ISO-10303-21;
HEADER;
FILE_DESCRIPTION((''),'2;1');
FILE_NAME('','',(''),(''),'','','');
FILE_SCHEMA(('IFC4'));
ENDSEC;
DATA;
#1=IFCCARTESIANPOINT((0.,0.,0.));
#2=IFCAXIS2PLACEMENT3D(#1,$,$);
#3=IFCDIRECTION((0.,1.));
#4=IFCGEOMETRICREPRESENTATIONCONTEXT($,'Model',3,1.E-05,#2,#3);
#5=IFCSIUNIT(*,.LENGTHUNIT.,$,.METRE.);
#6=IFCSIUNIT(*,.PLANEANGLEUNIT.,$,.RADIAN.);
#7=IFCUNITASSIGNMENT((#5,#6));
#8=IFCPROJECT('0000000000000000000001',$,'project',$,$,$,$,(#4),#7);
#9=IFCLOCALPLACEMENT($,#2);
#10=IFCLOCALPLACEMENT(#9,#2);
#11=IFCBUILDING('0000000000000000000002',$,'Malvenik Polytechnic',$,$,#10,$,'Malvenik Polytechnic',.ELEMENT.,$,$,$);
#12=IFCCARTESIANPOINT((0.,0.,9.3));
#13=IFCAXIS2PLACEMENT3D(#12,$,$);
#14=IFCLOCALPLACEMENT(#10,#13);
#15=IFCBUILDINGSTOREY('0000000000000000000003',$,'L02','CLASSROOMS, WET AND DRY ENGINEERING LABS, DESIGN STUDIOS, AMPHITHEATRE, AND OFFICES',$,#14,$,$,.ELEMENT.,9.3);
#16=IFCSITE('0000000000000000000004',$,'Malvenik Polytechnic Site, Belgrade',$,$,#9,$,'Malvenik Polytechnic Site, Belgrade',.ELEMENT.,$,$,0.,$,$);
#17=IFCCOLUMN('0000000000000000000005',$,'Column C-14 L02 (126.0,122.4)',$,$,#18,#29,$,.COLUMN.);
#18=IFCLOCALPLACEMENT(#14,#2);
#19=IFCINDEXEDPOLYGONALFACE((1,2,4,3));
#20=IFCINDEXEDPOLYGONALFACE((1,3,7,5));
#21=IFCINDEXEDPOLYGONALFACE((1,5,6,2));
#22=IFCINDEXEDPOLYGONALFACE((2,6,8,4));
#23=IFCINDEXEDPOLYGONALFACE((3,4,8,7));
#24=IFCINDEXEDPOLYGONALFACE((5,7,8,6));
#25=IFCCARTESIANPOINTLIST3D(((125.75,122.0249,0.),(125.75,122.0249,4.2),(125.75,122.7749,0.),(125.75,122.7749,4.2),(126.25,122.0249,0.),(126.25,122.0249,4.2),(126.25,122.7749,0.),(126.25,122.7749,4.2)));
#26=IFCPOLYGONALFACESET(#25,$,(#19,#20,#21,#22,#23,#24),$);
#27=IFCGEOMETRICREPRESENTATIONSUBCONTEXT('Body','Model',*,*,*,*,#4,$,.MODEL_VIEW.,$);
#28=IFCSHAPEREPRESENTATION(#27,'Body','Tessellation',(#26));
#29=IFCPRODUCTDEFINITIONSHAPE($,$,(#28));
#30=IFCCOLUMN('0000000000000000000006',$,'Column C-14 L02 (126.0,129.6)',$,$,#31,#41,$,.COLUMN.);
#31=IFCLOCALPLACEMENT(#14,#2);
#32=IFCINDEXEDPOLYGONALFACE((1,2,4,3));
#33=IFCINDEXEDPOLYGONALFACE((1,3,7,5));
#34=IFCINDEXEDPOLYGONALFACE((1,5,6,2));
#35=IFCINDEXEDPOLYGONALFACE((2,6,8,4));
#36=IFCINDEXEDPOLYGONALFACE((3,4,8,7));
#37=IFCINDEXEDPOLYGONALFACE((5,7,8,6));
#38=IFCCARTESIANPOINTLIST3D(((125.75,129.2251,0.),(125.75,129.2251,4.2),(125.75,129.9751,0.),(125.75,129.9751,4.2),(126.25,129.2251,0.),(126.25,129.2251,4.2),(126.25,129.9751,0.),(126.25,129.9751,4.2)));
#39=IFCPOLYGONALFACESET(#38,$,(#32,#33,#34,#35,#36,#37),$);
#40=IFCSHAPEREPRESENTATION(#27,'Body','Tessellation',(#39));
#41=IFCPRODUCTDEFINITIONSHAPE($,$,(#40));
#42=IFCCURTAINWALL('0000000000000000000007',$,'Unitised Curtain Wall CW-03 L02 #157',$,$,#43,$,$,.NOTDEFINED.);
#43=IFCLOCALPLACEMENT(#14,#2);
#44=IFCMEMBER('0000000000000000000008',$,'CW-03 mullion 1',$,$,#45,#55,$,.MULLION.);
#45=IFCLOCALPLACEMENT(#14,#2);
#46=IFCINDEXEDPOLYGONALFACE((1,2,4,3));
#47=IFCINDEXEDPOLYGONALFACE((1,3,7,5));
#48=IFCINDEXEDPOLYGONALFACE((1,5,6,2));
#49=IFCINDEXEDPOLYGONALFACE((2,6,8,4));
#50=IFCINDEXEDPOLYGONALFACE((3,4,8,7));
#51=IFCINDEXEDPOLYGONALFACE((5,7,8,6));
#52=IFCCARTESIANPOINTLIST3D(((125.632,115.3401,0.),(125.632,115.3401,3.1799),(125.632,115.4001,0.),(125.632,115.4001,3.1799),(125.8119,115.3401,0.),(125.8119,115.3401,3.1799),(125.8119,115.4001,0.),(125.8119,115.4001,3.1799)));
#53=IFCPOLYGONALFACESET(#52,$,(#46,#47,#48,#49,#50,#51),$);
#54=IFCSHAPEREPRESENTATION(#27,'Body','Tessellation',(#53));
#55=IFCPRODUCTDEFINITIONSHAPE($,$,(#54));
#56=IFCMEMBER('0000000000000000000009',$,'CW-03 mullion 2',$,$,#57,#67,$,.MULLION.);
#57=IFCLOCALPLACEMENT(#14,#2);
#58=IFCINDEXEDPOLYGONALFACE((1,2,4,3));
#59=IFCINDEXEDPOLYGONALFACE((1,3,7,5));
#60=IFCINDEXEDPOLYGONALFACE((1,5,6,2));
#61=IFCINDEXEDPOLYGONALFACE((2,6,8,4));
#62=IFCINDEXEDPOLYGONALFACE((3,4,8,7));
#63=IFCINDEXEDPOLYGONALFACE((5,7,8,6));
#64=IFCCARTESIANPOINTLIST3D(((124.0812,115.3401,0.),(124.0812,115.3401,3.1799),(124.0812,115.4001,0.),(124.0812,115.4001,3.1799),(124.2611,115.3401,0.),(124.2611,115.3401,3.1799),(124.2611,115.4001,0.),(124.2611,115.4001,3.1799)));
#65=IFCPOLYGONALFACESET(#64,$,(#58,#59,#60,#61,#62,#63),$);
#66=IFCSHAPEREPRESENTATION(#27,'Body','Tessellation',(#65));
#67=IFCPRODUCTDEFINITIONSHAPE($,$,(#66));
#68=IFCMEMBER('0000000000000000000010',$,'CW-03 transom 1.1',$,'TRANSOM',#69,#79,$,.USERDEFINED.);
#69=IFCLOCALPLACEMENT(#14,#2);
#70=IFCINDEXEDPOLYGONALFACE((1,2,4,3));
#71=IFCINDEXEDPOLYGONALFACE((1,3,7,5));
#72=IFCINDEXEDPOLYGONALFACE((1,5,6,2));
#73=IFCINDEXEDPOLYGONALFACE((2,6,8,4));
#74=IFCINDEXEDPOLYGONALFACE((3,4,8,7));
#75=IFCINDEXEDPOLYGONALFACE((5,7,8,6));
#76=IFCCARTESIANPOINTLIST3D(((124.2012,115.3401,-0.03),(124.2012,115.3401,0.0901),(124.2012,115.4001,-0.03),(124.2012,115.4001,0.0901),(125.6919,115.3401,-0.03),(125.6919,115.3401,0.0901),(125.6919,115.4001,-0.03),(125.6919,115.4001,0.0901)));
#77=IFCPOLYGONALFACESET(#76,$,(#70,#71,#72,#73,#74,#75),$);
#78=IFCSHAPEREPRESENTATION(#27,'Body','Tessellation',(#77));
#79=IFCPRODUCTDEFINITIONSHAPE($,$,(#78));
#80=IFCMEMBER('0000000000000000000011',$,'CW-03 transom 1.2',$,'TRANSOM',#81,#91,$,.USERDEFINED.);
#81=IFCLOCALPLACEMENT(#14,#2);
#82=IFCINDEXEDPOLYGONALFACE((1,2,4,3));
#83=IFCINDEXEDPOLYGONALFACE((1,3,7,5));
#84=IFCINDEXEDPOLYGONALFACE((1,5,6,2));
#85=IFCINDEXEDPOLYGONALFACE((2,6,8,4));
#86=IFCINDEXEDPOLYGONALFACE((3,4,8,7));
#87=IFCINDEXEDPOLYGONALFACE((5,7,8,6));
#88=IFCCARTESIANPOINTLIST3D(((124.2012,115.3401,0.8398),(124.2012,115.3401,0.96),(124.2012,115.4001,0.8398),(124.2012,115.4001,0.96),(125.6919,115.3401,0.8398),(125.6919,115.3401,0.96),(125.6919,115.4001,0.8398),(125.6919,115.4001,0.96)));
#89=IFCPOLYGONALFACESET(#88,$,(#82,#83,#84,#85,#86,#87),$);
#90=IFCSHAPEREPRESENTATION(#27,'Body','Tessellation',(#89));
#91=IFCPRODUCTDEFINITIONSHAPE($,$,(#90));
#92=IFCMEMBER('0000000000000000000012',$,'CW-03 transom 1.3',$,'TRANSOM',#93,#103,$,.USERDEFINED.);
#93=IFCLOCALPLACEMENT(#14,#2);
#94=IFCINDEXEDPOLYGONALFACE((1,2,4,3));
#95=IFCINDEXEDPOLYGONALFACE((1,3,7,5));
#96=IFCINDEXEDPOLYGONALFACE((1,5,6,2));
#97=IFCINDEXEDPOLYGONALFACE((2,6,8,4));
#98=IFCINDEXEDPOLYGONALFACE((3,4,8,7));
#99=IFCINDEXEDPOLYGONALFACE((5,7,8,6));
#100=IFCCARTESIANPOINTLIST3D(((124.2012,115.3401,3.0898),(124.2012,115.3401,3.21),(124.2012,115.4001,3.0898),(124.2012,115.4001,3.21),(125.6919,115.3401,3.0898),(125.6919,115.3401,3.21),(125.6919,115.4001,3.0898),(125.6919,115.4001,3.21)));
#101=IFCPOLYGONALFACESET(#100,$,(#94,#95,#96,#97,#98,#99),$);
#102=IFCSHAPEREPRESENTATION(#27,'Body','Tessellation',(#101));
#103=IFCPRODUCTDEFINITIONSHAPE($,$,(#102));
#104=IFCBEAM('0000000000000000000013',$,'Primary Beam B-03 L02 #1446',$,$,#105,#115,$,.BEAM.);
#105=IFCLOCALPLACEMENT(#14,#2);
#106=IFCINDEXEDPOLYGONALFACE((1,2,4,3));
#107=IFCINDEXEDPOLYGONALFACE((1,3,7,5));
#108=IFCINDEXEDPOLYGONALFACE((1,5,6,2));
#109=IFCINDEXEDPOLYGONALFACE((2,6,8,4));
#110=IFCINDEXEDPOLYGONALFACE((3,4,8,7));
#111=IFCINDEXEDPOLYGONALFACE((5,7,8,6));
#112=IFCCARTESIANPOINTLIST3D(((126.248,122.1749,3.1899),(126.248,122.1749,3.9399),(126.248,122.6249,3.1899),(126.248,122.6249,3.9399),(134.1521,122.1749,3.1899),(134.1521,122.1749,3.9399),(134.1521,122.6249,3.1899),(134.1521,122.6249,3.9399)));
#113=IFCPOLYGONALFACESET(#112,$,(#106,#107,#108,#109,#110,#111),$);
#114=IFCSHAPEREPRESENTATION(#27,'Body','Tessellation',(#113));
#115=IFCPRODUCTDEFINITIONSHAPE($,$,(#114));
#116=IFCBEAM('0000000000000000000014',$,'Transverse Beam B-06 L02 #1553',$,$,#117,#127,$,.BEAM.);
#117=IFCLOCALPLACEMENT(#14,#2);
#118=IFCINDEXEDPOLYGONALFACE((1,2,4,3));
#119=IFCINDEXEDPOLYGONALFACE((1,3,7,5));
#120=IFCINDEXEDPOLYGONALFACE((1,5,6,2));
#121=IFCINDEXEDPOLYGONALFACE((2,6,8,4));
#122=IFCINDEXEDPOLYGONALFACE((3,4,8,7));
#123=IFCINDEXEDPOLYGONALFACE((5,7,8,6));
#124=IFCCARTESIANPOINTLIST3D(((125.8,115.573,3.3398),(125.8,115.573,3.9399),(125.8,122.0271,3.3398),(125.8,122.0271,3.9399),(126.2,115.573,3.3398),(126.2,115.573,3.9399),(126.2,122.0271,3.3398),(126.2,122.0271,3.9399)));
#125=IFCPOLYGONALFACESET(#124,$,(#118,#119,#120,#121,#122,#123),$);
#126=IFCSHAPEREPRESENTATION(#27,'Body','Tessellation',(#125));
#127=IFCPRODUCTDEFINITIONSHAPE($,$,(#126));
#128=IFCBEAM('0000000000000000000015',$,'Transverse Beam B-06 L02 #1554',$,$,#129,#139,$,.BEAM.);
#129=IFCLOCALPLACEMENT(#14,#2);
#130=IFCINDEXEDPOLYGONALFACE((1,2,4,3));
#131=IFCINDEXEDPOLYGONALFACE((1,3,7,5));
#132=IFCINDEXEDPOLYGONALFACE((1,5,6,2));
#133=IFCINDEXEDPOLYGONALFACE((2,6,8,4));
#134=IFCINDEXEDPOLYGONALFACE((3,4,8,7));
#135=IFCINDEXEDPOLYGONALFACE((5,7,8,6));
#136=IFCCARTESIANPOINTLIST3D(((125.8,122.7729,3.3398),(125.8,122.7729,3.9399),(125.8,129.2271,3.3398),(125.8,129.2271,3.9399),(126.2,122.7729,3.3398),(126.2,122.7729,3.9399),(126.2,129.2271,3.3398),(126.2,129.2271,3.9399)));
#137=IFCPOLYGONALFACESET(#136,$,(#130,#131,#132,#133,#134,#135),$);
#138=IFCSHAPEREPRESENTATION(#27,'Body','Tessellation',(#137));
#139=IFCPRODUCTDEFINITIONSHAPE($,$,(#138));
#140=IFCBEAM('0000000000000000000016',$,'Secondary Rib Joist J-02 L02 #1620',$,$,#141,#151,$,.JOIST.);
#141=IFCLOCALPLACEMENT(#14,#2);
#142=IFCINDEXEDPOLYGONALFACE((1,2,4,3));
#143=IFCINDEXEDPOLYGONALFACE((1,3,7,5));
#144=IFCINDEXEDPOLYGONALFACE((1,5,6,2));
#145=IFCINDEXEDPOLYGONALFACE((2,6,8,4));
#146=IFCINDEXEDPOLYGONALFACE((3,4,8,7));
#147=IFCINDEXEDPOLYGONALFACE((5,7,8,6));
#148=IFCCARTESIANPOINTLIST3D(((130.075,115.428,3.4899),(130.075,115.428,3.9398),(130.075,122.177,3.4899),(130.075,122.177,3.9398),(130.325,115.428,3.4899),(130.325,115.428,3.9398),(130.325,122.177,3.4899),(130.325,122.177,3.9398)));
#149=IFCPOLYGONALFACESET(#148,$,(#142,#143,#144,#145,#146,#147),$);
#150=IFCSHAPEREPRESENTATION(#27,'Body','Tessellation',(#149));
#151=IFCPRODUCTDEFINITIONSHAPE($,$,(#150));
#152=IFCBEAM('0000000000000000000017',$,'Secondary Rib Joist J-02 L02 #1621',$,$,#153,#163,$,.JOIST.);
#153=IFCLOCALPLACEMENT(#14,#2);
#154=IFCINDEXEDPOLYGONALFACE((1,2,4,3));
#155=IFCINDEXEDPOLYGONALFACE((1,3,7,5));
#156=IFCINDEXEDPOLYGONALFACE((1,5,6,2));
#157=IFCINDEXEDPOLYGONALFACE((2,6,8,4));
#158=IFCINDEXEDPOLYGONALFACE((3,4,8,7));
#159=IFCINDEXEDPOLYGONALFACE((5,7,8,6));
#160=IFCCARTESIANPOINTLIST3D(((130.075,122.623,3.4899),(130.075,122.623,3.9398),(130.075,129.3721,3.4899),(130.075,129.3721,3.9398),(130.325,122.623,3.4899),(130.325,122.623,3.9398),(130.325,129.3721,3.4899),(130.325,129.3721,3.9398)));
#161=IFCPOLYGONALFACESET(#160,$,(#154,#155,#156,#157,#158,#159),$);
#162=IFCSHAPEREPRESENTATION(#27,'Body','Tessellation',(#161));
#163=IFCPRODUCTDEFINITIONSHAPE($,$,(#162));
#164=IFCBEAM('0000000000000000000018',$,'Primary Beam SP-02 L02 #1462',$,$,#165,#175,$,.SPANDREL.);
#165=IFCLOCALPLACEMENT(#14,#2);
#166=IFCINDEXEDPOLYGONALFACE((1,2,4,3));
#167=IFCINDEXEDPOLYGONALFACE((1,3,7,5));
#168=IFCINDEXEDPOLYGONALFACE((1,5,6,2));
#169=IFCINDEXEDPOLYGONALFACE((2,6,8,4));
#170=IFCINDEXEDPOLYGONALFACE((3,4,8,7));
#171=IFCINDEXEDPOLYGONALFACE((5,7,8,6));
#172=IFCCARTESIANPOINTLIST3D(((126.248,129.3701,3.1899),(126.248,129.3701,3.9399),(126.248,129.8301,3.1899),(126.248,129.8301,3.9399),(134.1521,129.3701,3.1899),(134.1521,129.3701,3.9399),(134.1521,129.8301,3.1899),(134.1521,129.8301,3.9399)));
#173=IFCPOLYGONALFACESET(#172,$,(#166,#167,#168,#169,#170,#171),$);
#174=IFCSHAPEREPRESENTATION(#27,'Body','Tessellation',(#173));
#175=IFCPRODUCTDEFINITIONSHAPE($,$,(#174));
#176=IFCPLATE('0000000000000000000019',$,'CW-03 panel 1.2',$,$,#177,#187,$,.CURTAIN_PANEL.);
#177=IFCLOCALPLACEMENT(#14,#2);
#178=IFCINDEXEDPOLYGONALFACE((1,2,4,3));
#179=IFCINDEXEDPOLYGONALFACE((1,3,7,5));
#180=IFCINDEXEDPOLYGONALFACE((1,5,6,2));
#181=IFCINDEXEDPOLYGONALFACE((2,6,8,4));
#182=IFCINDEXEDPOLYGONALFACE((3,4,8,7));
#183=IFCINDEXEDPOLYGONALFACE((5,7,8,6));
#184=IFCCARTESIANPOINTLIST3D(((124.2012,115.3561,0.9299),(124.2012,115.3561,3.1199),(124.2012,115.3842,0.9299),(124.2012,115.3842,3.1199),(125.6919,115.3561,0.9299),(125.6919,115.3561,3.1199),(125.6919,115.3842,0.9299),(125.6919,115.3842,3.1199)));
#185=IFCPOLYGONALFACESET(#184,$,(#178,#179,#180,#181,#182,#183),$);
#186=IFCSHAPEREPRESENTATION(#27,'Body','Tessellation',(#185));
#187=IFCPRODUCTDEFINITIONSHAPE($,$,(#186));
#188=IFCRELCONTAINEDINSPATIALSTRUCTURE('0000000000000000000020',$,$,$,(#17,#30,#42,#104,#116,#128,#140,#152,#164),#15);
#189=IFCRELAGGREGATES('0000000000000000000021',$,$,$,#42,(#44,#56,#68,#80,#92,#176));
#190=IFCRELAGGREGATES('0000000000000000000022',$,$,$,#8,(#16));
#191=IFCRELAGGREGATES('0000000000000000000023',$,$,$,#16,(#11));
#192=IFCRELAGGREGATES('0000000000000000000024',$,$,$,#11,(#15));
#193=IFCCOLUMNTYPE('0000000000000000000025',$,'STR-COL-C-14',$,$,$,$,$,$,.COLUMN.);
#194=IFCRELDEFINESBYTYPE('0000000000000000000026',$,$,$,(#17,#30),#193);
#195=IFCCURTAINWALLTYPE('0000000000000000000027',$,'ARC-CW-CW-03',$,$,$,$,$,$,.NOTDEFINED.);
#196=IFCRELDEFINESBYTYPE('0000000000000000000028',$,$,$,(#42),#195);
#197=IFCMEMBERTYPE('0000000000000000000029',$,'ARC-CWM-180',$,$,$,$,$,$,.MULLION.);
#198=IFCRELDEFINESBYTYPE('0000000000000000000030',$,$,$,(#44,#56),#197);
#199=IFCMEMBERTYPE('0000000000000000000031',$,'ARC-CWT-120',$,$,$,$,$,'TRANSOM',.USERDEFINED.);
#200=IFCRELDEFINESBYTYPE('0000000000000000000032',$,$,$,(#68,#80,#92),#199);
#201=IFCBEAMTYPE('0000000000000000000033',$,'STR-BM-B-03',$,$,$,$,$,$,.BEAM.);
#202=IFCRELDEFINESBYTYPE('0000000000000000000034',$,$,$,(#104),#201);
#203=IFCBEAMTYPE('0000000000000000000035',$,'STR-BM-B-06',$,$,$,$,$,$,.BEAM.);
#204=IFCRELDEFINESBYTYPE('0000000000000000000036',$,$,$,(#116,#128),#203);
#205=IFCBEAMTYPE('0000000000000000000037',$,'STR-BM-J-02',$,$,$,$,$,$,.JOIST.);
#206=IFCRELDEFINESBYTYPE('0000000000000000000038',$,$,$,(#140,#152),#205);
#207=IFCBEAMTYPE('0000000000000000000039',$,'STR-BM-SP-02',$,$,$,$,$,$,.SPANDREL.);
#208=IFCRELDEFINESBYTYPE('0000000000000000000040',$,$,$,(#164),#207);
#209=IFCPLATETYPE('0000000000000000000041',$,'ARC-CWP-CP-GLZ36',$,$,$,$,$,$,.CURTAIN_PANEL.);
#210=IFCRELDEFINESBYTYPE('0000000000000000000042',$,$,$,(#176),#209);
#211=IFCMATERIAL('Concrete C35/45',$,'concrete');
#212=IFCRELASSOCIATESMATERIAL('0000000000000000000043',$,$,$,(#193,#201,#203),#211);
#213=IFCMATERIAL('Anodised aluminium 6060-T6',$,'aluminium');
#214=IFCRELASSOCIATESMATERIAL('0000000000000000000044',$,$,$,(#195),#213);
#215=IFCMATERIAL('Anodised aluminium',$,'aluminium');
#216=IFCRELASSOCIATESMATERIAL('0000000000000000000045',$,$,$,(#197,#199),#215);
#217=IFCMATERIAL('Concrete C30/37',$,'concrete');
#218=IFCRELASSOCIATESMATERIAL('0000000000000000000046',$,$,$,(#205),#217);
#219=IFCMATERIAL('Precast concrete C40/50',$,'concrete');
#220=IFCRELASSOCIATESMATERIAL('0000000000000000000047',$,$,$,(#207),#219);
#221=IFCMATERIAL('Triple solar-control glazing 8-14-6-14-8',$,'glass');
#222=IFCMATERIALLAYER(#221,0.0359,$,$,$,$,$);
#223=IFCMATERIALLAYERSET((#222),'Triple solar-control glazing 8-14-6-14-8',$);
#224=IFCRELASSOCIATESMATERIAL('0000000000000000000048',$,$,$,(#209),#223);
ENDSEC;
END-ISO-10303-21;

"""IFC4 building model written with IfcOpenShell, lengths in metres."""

from ifc_helpers import new_model, si_unit, direction, frame, origin, origin_2d, place, context, subcontext, project, spatial, rectangle, extrude, material, layer, layer_set, material_profile, profile_set, type_object, element, aggregate, save


model = new_model("IFC4")

# Units and contexts
model_context = context("Model", 3, precision=1e-05, world=origin(), true_north=direction((0.0, 1.0)))
body_context = subcontext(model_context, "Body", "Model", "MODEL_VIEW")
ifc_project = project(units=[si_unit("LENGTHUNIT", "METRE"), si_unit("PLANEANGLEUNIT", "RADIAN")], contexts=[model_context])

# Site, building, storey
site_placement = place(None, origin())
site = spatial("IfcSite", under=ifc_project, at=site_placement, Name="Malvenik Polytechnic Site, Belgrade", LongName="Malvenik Polytechnic Site, Belgrade", CompositionType="ELEMENT", RefElevation=0.0)
building_placement = place(site_placement, origin())
building = spatial("IfcBuilding", under=site, at=building_placement, Name="Malvenik Polytechnic", LongName="Malvenik Polytechnic", CompositionType="ELEMENT")
storey_placement = place(building_placement, frame((0.0, 0.0, 9.3)))
storey = spatial("IfcBuildingStorey", under=building, at=storey_placement, Name="L02", Description="CLASSROOMS, WET AND DRY ENGINEERING LABS, DESIGN STUDIOS, AMPHITHEATRE, AND OFFICES", CompositionType="ELEMENT", Elevation=9.3)

# Columns
ifc_material_1 = material(Name="Concrete C35/45", Category="concrete")
ifc_material_profile_1 = material_profile(ifc_material_1, rectangle(XDim=0.5, YDim=0.75, at=origin_2d()), Name="RC COL 750x500")
ifc_profile_set_1 = profile_set([ifc_material_profile_1], Name="Concrete C35/45")
column_type = type_object("IfcColumnType", Name="STR-COL-C-14", PredefinedType="COLUMN", material=ifc_profile_set_1)
for number, where, z_axis, x_axis, name in (
    (1, (126.0, 122.3999, 0.0), (0.0, 0.0, 1.0), (1.0, 0.0, 0.0), "Column C-14 L02 (126.0,122.4)"),
    (2, (126.0, 129.6001, 0.0), (0.0, 0.0, 1.0), (1.0, 0.0, 0.0), "Column C-14 L02 (126.0,129.6)"),
):
    element("IfcColumn", number, at=place(storey_placement, frame(where, z_axis=z_axis, x_axis=x_axis)), inside=storey, type_object=column_type, Name=name, PredefinedType="COLUMN", context=body_context, shape_type="SweptSolid", body=[
        extrude(rectangle(XDim=0.5, YDim=0.75, at=origin_2d()), origin(), (0.0, 0.0, 1.0), 4.2),
    ])

# Curtain wall, members
ifc_material_2 = material(Name="Anodised aluminium 6060-T6", Category="aluminium")
curtain_wall_type = type_object("IfcCurtainWallType", Name="ARC-CW-CW-03", PredefinedType="NOTDEFINED", material=ifc_material_2)
curtain_wall_placement = place(storey_placement, origin())
curtain_wall = element("IfcCurtainWall", 3, at=curtain_wall_placement, inside=storey, type_object=curtain_wall_type, Name="Unitised Curtain Wall CW-03 L02 #157", PredefinedType="NOTDEFINED")
ifc_material_3 = material(Name="Anodised aluminium", Category="aluminium")
ifc_material_profile_2 = material_profile(ifc_material_3, rectangle(XDim=0.0601, YDim=0.1799, at=origin_2d()), Name="ALU MULLION 60x180")
ifc_profile_set_2 = profile_set([ifc_material_profile_2], Name="Anodised aluminium")
member_type_1 = type_object("IfcMemberType", Name="ARC-CWM-180", PredefinedType="MULLION", material=ifc_profile_set_2)
member_1_placement = place(storey_placement, frame((125.7219, 115.3701, 0.0), z_axis=(0.0, 0.0, 1.0), x_axis=(0.0, -1.0, 0.0)))
member_1 = element("IfcMember", 4, at=member_1_placement, type_object=member_type_1, Name="CW-03 mullion 1", PredefinedType="MULLION", context=body_context, shape_type="SweptSolid", body=[
    extrude(rectangle(XDim=0.0601, YDim=0.1799, at=origin_2d()), origin(), (0.0, 0.0, 1.0), 3.1799),
])
member_2_placement = place(storey_placement, frame((124.1711, 115.3701, 0.0), z_axis=(0.0, 0.0, 1.0), x_axis=(0.0, -1.0, 0.0)))
member_2 = element("IfcMember", 5, at=member_2_placement, type_object=member_type_1, Name="CW-03 mullion 2", PredefinedType="MULLION", context=body_context, shape_type="SweptSolid", body=[
    extrude(rectangle(XDim=0.0601, YDim=0.1799, at=origin_2d()), origin(), (0.0, 0.0, 1.0), 3.1799),
])
ifc_material_profile_3 = material_profile(ifc_material_3, rectangle(XDim=0.0601, YDim=0.1201, at=origin_2d()), Name="ALU TRANSOM 60x120")
ifc_profile_set_3 = profile_set([ifc_material_profile_3], Name="Anodised aluminium")
member_type_2 = type_object("IfcMemberType", Name="ARC-CWT-120", ElementType="TRANSOM", PredefinedType="USERDEFINED", material=ifc_profile_set_3)
member_3_placement = place(storey_placement, frame((125.6919, 115.3701, 0.03), z_axis=(-1.0, 0.0, 0.0), x_axis=(0.0, -1.0, 0.0)))
member_3 = element("IfcMember", 6, at=member_3_placement, type_object=member_type_2, Name="CW-03 transom 1.1", ObjectType="TRANSOM", PredefinedType="USERDEFINED", context=body_context, shape_type="SweptSolid", body=[
    extrude(rectangle(XDim=0.0601, YDim=0.1201, at=origin_2d()), origin(), (0.0, 0.0, 1.0), 1.4907),
])
member_4_placement = place(storey_placement, frame((125.6919, 115.3701, 0.8999), z_axis=(-1.0, 0.0, 0.0), x_axis=(0.0, -1.0, 0.0)))
member_4 = element("IfcMember", 7, at=member_4_placement, type_object=member_type_2, Name="CW-03 transom 1.2", ObjectType="TRANSOM", PredefinedType="USERDEFINED", context=body_context, shape_type="SweptSolid", body=[
    extrude(rectangle(XDim=0.0601, YDim=0.1201, at=origin_2d()), origin(), (0.0, 0.0, 1.0), 1.4907),
])
member_5_placement = place(storey_placement, frame((125.6919, 115.3701, 3.1499), z_axis=(-1.0, 0.0, 0.0), x_axis=(0.0, -1.0, 0.0)))
member_5 = element("IfcMember", 8, at=member_5_placement, type_object=member_type_2, Name="CW-03 transom 1.3", ObjectType="TRANSOM", PredefinedType="USERDEFINED", context=body_context, shape_type="SweptSolid", body=[
    extrude(rectangle(XDim=0.0601, YDim=0.1201, at=origin_2d()), origin(), (0.0, 0.0, 1.0), 1.4907),
])

# Beams
ifc_material_profile_4 = material_profile(ifc_material_1, rectangle(XDim=0.45, YDim=0.75, at=origin_2d()), Name="RC BM 450x750")
ifc_profile_set_4 = profile_set([ifc_material_profile_4], Name="Concrete C35/45")
beam_type_1 = type_object("IfcBeamType", Name="STR-BM-B-03", PredefinedType="BEAM", material=ifc_profile_set_4)
beam_1_placement = place(storey_placement, frame((126.248, 122.3999, 3.5649), z_axis=(1.0, 0.0, 0.0), x_axis=(0.0, 1.0, 0.0)))
element("IfcBeam", 9, at=beam_1_placement, inside=storey, type_object=beam_type_1, Name="Primary Beam B-03 L02 #1446", PredefinedType="BEAM", context=body_context, shape_type="SweptSolid", body=[
    extrude(rectangle(XDim=0.45, YDim=0.75, at=origin_2d()), origin(), (0.0, 0.0, 1.0), 7.9041),
])
ifc_material_profile_5 = material_profile(ifc_material_1, rectangle(XDim=0.3999, YDim=0.6001, at=origin_2d()), Name="RC BM 400x600")
ifc_profile_set_5 = profile_set([ifc_material_profile_5], Name="Concrete C35/45")
beam_type_2 = type_object("IfcBeamType", Name="STR-BM-B-06", PredefinedType="BEAM", material=ifc_profile_set_5)
for number, where, z_axis, x_axis, name in (
    (10, (126.0, 115.573, 3.6399), (0.0, 1.0, 0.0), (-1.0, 0.0, 0.0), "Transverse Beam B-06 L02 #1553"),
    (11, (126.0, 122.7729, 3.6399), (0.0, 1.0, 0.0), (-1.0, 0.0, 0.0), "Transverse Beam B-06 L02 #1554"),
):
    element("IfcBeam", number, at=place(storey_placement, frame(where, z_axis=z_axis, x_axis=x_axis)), inside=storey, type_object=beam_type_2, Name=name, PredefinedType="BEAM", context=body_context, shape_type="SweptSolid", body=[
        extrude(rectangle(XDim=0.3999, YDim=0.6001, at=origin_2d()), origin(), (0.0, 0.0, 1.0), 6.4541),
    ])
ifc_material_4 = material(Name="Concrete C30/37", Category="concrete")
ifc_material_profile_6 = material_profile(ifc_material_4, rectangle(XDim=0.25, YDim=0.45, at=origin_2d()), Name="RC JST 250x450")
ifc_profile_set_6 = profile_set([ifc_material_profile_6], Name="Concrete C30/37")
beam_type_3 = type_object("IfcBeamType", Name="STR-BM-J-02", PredefinedType="JOIST", material=ifc_profile_set_6)
for number, where, z_axis, x_axis, name in (
    (12, (130.2, 115.428, 3.7148), (0.0, 1.0, 0.0), (-1.0, 0.0, 0.0), "Secondary Rib Joist J-02 L02 #1620"),
    (13, (130.2, 122.623, 3.7148), (0.0, 1.0, 0.0), (-1.0, 0.0, 0.0), "Secondary Rib Joist J-02 L02 #1621"),
):
    element("IfcBeam", number, at=place(storey_placement, frame(where, z_axis=z_axis, x_axis=x_axis)), inside=storey, type_object=beam_type_3, Name=name, PredefinedType="JOIST", context=body_context, shape_type="SweptSolid", body=[
        extrude(rectangle(XDim=0.25, YDim=0.45, at=origin_2d()), origin(), (0.0, 0.0, 1.0), 6.749),
    ])
ifc_material_5 = material(Name="Precast concrete C40/50", Category="concrete")
ifc_material_profile_7 = material_profile(ifc_material_5, rectangle(XDim=0.46, YDim=0.75, at=origin_2d()), Name="PC SPN 460x750")
ifc_profile_set_7 = profile_set([ifc_material_profile_7], Name="Precast concrete C40/50")
beam_type_4 = type_object("IfcBeamType", Name="STR-BM-SP-02", PredefinedType="SPANDREL", material=ifc_profile_set_7)
beam_2_placement = place(storey_placement, frame((126.248, 129.6001, 3.5649), z_axis=(1.0, 0.0, 0.0), x_axis=(0.0, 1.0, 0.0)))
element("IfcBeam", 14, at=beam_2_placement, inside=storey, type_object=beam_type_4, Name="Primary Beam SP-02 L02 #1462", PredefinedType="SPANDREL", context=body_context, shape_type="SweptSolid", body=[
    extrude(rectangle(XDim=0.46, YDim=0.75, at=origin_2d()), origin(), (0.0, 0.0, 1.0), 7.9041),
])

# Plate
ifc_material_6 = material(Name="Triple solar-control glazing 8-14-6-14-8", Category="glass")
ifc_layer_1 = layer(ifc_material_6, 0.0359)
ifc_layer_set_1 = layer_set([ifc_layer_1], Name="Triple solar-control glazing 8-14-6-14-8")
plate_type_1 = type_object("IfcPlateType", Name="ARC-CWP-CP-GLZ36", PredefinedType="CURTAIN_PANEL", material=ifc_layer_set_1)
plate_1_placement = place(storey_placement, frame((124.9465, 115.3701, 0.9299), z_axis=(0.0, 0.0, 1.0), x_axis=(-1.0, 0.0, 0.0)))
plate_1 = element("IfcPlate", 15, at=plate_1_placement, type_object=plate_type_1, Name="CW-03 panel 1.2", PredefinedType="CURTAIN_PANEL", context=body_context, shape_type="SweptSolid", body=[
    extrude(rectangle(XDim=1.4907, YDim=0.0281, at=origin_2d()), origin(), (0.0, 0.0, 1.0), 2.1899),
])
aggregate(curtain_wall, [member_1, member_2, member_3, member_4, member_5, plate_1])

save(model, "model.ifc")
